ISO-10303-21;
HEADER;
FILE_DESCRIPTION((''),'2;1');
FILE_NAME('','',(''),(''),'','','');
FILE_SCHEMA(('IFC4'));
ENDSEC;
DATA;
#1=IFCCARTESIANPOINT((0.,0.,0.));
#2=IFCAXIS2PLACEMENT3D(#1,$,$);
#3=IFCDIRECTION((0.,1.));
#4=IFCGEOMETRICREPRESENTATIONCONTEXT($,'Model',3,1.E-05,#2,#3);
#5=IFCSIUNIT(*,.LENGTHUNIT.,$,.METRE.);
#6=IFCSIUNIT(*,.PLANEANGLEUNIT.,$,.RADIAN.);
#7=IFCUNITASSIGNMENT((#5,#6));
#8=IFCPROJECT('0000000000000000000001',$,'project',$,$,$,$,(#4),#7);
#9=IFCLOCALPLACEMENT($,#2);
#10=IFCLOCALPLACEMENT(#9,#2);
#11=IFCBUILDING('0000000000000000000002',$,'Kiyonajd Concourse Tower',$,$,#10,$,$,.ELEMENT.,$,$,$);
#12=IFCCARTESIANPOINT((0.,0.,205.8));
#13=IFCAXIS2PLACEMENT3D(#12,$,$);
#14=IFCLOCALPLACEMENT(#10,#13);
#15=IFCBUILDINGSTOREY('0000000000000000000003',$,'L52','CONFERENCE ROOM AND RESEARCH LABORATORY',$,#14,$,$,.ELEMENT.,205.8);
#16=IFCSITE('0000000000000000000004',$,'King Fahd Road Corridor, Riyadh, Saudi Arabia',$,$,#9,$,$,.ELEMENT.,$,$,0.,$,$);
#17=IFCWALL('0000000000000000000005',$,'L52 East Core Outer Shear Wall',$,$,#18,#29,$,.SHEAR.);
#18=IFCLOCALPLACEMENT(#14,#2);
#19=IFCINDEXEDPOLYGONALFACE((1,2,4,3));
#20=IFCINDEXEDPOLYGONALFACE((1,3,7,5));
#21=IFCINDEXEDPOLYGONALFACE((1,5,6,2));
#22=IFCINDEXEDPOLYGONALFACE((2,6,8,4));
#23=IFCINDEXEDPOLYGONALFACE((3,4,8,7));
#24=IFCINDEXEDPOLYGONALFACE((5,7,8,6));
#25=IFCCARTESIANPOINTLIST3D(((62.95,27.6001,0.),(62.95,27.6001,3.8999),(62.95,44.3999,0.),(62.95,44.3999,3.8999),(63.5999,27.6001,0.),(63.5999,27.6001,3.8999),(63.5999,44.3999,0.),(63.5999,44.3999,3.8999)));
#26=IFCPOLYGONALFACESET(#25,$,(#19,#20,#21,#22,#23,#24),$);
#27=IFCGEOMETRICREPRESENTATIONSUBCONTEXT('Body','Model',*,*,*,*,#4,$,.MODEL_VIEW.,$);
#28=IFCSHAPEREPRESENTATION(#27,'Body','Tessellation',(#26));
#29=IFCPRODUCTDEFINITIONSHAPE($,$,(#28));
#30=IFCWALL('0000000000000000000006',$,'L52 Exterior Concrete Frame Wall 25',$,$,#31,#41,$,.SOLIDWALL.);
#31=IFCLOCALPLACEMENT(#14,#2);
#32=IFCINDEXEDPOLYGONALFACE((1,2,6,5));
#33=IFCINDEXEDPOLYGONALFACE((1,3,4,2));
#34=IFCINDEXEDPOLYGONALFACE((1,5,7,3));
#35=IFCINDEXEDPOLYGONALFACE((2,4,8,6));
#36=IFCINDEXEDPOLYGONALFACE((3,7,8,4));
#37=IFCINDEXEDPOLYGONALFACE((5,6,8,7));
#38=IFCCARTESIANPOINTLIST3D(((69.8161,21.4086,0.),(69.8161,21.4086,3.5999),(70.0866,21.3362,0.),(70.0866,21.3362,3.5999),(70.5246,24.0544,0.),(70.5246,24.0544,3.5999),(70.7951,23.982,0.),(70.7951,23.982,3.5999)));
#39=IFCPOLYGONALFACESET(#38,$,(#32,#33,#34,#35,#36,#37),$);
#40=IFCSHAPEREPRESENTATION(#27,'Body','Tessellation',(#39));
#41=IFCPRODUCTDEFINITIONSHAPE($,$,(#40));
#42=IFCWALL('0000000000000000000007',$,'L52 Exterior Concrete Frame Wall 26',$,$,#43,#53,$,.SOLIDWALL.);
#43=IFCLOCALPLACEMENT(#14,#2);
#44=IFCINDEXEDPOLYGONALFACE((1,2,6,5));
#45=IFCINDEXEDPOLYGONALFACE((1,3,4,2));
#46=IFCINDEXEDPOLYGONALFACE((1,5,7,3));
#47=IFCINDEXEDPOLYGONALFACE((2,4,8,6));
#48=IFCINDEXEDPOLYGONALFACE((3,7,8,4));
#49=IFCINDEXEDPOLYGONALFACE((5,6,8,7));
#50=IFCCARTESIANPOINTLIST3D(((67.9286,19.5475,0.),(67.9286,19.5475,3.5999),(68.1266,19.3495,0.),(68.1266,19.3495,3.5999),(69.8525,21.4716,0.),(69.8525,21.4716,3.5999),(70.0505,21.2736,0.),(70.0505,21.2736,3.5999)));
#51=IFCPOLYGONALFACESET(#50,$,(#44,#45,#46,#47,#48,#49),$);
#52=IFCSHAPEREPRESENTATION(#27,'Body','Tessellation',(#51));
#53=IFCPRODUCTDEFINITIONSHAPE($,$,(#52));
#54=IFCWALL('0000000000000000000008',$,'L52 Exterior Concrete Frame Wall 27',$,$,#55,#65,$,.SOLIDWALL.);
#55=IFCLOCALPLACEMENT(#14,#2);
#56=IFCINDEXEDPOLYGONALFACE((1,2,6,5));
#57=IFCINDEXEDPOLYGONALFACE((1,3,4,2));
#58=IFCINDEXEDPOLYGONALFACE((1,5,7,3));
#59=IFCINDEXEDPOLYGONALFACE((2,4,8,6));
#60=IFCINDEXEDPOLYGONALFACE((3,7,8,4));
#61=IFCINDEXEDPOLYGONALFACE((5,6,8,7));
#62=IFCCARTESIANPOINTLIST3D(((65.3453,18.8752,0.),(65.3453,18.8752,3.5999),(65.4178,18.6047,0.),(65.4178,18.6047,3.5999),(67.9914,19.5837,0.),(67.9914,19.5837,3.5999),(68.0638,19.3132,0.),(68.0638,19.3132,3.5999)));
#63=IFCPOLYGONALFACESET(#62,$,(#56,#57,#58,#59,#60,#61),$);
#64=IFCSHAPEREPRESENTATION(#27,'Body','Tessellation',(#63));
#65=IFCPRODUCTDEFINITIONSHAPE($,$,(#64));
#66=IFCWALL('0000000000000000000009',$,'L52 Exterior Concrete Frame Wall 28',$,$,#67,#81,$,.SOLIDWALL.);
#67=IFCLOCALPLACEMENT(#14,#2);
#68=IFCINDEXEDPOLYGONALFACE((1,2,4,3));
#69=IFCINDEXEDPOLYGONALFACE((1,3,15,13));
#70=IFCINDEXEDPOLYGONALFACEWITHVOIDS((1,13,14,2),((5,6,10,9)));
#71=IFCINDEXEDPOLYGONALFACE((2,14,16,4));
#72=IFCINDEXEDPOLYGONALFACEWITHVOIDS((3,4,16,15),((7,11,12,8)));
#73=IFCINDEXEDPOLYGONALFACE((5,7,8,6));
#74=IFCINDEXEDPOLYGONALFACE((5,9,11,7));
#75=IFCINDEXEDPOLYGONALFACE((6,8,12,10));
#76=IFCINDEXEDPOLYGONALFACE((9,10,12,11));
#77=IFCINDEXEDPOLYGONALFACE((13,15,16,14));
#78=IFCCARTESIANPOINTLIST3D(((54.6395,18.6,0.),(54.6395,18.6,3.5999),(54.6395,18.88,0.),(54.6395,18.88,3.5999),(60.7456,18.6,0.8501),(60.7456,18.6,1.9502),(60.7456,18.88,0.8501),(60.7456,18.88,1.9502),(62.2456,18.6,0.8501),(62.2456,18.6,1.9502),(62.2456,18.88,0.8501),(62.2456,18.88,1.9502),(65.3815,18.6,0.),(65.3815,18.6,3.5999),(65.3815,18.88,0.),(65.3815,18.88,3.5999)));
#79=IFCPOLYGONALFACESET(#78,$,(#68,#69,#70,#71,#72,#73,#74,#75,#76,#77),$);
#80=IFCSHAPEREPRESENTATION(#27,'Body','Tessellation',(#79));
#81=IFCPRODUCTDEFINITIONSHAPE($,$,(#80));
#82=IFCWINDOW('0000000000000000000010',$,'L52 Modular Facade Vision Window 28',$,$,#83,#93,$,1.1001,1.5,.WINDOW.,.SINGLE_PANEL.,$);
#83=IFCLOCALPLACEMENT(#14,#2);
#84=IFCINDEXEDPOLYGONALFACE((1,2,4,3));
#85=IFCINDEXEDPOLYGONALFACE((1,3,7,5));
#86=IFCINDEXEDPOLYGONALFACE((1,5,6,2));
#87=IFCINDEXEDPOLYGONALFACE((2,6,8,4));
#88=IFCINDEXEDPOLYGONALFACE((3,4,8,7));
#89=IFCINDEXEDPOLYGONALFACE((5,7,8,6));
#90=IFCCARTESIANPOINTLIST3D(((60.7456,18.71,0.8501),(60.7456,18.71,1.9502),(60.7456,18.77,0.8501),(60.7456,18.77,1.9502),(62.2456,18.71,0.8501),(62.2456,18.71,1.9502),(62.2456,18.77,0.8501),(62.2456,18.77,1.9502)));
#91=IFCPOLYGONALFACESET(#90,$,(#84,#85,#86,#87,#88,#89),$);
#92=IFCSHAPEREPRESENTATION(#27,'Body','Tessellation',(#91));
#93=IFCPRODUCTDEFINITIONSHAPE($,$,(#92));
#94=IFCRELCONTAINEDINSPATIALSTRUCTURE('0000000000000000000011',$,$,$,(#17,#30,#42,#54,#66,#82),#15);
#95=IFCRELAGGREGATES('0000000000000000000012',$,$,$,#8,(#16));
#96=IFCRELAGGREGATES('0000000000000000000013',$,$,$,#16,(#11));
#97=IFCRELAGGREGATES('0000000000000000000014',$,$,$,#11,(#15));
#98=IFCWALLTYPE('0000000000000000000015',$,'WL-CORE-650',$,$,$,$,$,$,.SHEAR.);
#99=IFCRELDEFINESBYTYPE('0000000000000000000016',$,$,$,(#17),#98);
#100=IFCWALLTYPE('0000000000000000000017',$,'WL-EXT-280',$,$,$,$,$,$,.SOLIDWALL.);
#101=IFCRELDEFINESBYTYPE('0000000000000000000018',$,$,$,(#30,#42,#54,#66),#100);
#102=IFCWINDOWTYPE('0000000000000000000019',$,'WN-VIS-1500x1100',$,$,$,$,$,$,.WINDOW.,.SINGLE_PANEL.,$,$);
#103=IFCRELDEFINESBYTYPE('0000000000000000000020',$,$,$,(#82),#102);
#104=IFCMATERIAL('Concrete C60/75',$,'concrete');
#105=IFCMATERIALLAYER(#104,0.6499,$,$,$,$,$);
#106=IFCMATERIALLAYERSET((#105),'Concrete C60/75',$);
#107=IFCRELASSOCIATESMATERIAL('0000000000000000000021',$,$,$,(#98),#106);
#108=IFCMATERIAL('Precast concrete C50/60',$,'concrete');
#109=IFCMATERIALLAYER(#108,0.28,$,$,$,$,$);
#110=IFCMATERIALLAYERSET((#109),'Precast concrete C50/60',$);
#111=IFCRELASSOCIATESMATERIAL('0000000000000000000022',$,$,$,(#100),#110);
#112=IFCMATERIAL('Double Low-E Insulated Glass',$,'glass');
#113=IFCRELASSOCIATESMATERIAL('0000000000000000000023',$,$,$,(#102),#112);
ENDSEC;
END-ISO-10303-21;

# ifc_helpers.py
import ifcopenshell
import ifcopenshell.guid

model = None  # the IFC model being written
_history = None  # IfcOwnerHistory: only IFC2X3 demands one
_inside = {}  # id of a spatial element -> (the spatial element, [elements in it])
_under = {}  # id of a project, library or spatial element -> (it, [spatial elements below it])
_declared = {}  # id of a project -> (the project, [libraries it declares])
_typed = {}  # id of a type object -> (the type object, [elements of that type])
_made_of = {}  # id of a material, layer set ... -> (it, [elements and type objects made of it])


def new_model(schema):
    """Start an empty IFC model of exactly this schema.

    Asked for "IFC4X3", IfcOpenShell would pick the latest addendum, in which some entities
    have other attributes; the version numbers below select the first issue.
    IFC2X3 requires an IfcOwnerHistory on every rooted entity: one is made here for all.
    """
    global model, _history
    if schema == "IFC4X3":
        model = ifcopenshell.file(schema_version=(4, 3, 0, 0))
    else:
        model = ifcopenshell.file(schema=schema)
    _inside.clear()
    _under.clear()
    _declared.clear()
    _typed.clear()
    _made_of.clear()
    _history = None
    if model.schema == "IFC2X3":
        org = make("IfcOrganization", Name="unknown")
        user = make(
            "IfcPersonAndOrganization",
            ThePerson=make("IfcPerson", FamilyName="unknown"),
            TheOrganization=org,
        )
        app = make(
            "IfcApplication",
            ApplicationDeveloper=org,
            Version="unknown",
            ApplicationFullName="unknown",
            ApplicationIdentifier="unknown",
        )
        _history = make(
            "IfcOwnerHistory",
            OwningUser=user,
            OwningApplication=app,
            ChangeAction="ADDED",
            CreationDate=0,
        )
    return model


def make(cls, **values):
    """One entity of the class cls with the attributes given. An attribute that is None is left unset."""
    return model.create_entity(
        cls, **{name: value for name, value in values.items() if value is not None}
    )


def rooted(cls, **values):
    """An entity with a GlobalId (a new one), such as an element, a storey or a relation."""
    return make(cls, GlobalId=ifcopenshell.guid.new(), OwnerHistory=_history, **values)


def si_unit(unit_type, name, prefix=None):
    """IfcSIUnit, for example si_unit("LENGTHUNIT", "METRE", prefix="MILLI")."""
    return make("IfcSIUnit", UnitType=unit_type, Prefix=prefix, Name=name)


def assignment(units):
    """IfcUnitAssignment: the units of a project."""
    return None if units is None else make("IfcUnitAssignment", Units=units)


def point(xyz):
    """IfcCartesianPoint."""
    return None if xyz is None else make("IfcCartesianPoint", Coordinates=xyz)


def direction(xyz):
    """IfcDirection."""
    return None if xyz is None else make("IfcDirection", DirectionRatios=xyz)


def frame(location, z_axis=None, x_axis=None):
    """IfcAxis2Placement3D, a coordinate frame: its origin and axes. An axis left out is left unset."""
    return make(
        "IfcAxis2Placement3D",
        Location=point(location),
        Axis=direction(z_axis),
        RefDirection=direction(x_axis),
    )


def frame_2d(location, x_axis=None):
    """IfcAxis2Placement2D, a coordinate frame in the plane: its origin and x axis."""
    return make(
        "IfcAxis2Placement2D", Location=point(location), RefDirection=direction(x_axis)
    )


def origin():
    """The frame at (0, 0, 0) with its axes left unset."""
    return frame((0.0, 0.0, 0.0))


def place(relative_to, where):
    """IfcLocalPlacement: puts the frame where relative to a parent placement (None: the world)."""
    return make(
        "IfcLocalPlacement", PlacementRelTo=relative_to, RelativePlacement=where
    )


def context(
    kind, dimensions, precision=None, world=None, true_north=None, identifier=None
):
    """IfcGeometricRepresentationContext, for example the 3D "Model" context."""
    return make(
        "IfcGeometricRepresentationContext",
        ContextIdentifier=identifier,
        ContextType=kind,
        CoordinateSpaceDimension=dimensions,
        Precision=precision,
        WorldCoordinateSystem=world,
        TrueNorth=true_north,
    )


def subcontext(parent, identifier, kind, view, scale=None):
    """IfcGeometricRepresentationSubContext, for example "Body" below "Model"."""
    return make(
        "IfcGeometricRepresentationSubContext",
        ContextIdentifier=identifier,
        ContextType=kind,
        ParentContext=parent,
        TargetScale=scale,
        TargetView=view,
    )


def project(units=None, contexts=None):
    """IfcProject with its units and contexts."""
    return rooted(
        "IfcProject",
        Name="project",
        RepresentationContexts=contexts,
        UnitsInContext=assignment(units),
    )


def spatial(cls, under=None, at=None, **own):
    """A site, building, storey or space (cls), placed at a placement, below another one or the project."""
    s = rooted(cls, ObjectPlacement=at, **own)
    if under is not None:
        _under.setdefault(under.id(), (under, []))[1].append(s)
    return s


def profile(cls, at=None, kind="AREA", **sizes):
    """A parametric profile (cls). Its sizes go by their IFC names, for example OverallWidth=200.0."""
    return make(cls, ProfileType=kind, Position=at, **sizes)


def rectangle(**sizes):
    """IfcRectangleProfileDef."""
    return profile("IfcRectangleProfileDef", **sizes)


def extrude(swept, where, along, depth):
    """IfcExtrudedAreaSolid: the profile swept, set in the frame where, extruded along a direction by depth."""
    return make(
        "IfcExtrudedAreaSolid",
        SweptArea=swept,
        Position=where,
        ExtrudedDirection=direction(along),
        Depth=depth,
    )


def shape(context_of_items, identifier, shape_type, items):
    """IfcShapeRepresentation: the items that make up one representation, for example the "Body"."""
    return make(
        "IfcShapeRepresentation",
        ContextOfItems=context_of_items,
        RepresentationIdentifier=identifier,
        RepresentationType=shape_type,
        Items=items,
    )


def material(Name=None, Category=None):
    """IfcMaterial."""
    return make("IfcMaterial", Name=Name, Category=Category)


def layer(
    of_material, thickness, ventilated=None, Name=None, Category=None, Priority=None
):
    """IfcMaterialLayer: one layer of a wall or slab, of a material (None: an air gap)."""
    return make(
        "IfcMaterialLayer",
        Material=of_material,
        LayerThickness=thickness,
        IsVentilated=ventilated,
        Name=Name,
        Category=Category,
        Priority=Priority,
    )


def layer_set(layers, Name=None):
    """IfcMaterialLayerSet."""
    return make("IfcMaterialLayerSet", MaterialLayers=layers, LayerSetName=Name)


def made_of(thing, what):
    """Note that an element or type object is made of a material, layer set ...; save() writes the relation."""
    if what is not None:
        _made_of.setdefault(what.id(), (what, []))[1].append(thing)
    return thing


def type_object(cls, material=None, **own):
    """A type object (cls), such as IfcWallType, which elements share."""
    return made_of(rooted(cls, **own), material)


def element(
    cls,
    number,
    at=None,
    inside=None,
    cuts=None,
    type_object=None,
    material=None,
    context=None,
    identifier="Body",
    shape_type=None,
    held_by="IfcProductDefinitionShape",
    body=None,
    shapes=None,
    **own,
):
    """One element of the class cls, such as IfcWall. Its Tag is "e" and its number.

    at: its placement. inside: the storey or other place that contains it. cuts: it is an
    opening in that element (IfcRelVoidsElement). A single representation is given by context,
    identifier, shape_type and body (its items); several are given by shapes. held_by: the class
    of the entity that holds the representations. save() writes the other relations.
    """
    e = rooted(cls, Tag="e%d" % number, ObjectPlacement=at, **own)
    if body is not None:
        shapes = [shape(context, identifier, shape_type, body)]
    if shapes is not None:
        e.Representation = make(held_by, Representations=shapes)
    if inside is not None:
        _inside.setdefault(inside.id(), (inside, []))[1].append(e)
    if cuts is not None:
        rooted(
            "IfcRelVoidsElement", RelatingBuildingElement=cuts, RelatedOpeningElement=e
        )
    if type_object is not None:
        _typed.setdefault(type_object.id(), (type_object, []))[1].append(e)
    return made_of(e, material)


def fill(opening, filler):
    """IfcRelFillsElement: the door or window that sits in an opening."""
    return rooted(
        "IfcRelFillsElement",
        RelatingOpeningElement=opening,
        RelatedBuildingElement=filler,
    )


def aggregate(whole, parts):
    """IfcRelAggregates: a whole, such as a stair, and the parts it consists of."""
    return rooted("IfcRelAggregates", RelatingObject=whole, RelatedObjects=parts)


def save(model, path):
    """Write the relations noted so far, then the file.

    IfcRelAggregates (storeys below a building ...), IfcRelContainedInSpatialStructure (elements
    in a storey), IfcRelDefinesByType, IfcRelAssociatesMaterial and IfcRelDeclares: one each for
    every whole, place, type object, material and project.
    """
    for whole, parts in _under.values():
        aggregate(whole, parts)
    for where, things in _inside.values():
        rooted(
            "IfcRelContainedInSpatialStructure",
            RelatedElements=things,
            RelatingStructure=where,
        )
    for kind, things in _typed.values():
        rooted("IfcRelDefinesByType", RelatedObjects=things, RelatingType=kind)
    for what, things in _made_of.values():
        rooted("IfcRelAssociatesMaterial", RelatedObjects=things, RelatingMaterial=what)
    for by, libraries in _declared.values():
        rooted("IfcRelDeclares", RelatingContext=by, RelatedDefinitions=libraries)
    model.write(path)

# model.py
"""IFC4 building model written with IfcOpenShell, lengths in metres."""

from ifc_helpers import new_model, si_unit, direction, frame, frame_2d, origin, place, context, subcontext, project, spatial, rectangle, extrude, material, layer, layer_set, type_object, element, fill, save


model = new_model("IFC4")

# Units and contexts
model_context = context("Model", 3, precision=1e-05, world=origin(), true_north=direction((0.0, 1.0)))
body_context = subcontext(model_context, "Body", "Model", "MODEL_VIEW")
ifc_project = project(units=[si_unit("LENGTHUNIT", "METRE"), si_unit("PLANEANGLEUNIT", "RADIAN")], contexts=[model_context])

# Site, building, storey
site_placement = place(None, origin())
site = spatial("IfcSite", under=ifc_project, at=site_placement, Name="King Fahd Road Corridor, Riyadh, Saudi Arabia", CompositionType="ELEMENT", RefElevation=0.0)
building_placement = place(site_placement, origin())
building = spatial("IfcBuilding", under=site, at=building_placement, Name="Kiyonajd Concourse Tower", CompositionType="ELEMENT")
storey_placement = place(building_placement, frame((0.0, 0.0, 205.8)))
storey = spatial("IfcBuildingStorey", under=building, at=storey_placement, Name="L52", Description="CONFERENCE ROOM AND RESEARCH LABORATORY", CompositionType="ELEMENT", Elevation=205.8)

# Shared definitions
ifc_material_1 = material(Name="Concrete C60/75", Category="concrete")

# Shared definitions
ifc_material_2 = material(Name="Double Low-E Insulated Glass", Category="glass")

# Walls
ifc_layer_1 = layer(ifc_material_1, 0.6499)
ifc_layer_set_1 = layer_set([ifc_layer_1], Name="Concrete C60/75")
wall_type_1 = type_object("IfcWallType", Name="WL-CORE-650", PredefinedType="SHEAR", material=ifc_layer_set_1)
wall_1_placement = place(storey_placement, frame((63.2749, 27.6001, 0.0), z_axis=(0.0, 0.0, 1.0), x_axis=(0.0, 1.0, 0.0)))
element("IfcWall", 1, at=wall_1_placement, inside=storey, type_object=wall_type_1, Name="L52 East Core Outer Shear Wall", PredefinedType="SHEAR", context=body_context, shape_type="SweptSolid", body=[
    extrude(rectangle(XDim=16.7998, YDim=0.6499, at=frame_2d((8.3999, 0.0))), origin(), (0.0, 0.0, 1.0), 3.8999),
])
ifc_material_3 = material(Name="Precast concrete C50/60", Category="concrete")
ifc_layer_2 = layer(ifc_material_3, 0.28)
ifc_layer_set_2 = layer_set([ifc_layer_2], Name="Precast concrete C50/60")
wall_type_2 = type_object("IfcWallType", Name="WL-EXT-280", PredefinedType="SOLIDWALL", material=ifc_layer_set_2)
wall_2_placement = place(storey_placement, frame((70.6599, 24.0183, 0.0), z_axis=(0.0, 0.0, 1.0), x_axis=(-0.258672, -0.965965, 0.0)))
element("IfcWall", 2, at=wall_2_placement, inside=storey, type_object=wall_type_2, Name="L52 Exterior Concrete Frame Wall 25", PredefinedType="SOLIDWALL", context=body_context, shape_type="SweptSolid", body=[
    extrude(rectangle(XDim=2.739, YDim=0.28, at=frame_2d((1.3696, 0.0))), origin(), (0.0, 0.0, 1.0), 3.5999),
])
wall_3_placement = place(storey_placement, frame((69.9514, 21.3726, 0.0), z_axis=(0.0, 0.0, 1.0), x_axis=(-0.707062, -0.707152, 0.0)))
element("IfcWall", 3, at=wall_3_placement, inside=storey, type_object=wall_type_2, Name="L52 Exterior Concrete Frame Wall 26", PredefinedType="SOLIDWALL", context=body_context, shape_type="SweptSolid", body=[
    extrude(rectangle(XDim=2.7209, YDim=0.28, at=frame_2d((1.3604, 0.0))), origin(), (0.0, 0.0, 1.0), 3.5999),
])
wall_4_placement = place(storey_placement, frame((68.0276, 19.4485, 0.0), z_axis=(0.0, 0.0, 1.0), x_axis=(-0.965971, -0.25865, 0.0)))
element("IfcWall", 4, at=wall_4_placement, inside=storey, type_object=wall_type_2, Name="L52 Exterior Concrete Frame Wall 27", PredefinedType="SOLIDWALL", context=body_context, shape_type="SweptSolid", body=[
    extrude(rectangle(XDim=2.7393, YDim=0.28, at=frame_2d((1.3696, 0.0))), origin(), (0.0, 0.0, 1.0), 3.5999),
])

# Wall, opening, window
wall_5_placement = place(storey_placement, frame((65.3816, 18.74, 0.0), z_axis=(0.0, 0.0, 1.0), x_axis=(-1.0, 0.0, 0.0)))
wall_5 = element("IfcWall", 5, at=wall_5_placement, inside=storey, type_object=wall_type_2, Name="L52 Exterior Concrete Frame Wall 28", PredefinedType="SOLIDWALL", context=body_context, shape_type="SweptSolid", body=[
    extrude(rectangle(XDim=10.7419, YDim=0.28, at=frame_2d((5.3711, 0.0))), origin(), (0.0, 0.0, 1.0), 3.5999),
])
opening_placement = place(wall_5_placement, frame((3.136, 0.0, 0.8501)))
opening = element("IfcOpeningElement", 6, at=opening_placement, cuts=wall_5, PredefinedType="OPENING", context=body_context, shape_type="SweptSolid", body=[
    extrude(rectangle(XDim=1.5, YDim=1.1001, at=frame_2d((0.75, 0.55))), frame((0.0, 0.1499, 0.0), z_axis=(0.0, -1.0, 0.0), x_axis=(1.0, 0.0, 0.0)), (0.0, 0.0, 1.0), 0.3),
])
window_type = type_object("IfcWindowType", Name="WN-VIS-1500x1100", PartitioningType="SINGLE_PANEL", PredefinedType="WINDOW", material=ifc_material_2)
window_placement = place(opening_placement, origin())
window = element("IfcWindow", 7, at=window_placement, inside=storey, type_object=window_type, Name="L52 Modular Facade Vision Window 28", OverallHeight=1.1001, OverallWidth=1.5, PartitioningType="SINGLE_PANEL", PredefinedType="WINDOW", context=body_context, shape_type="SweptSolid", body=[
    extrude(rectangle(XDim=1.5, YDim=1.1001, at=frame_2d((0.75, 0.55))), frame((0.0, 0.03, 0.0), z_axis=(0.0, -1.0, 0.0), x_axis=(1.0, 0.0, 0.0)), (0.0, 0.0, 1.0), 0.0601),
])
fill(opening, window)

save(model, "model.ifc")
